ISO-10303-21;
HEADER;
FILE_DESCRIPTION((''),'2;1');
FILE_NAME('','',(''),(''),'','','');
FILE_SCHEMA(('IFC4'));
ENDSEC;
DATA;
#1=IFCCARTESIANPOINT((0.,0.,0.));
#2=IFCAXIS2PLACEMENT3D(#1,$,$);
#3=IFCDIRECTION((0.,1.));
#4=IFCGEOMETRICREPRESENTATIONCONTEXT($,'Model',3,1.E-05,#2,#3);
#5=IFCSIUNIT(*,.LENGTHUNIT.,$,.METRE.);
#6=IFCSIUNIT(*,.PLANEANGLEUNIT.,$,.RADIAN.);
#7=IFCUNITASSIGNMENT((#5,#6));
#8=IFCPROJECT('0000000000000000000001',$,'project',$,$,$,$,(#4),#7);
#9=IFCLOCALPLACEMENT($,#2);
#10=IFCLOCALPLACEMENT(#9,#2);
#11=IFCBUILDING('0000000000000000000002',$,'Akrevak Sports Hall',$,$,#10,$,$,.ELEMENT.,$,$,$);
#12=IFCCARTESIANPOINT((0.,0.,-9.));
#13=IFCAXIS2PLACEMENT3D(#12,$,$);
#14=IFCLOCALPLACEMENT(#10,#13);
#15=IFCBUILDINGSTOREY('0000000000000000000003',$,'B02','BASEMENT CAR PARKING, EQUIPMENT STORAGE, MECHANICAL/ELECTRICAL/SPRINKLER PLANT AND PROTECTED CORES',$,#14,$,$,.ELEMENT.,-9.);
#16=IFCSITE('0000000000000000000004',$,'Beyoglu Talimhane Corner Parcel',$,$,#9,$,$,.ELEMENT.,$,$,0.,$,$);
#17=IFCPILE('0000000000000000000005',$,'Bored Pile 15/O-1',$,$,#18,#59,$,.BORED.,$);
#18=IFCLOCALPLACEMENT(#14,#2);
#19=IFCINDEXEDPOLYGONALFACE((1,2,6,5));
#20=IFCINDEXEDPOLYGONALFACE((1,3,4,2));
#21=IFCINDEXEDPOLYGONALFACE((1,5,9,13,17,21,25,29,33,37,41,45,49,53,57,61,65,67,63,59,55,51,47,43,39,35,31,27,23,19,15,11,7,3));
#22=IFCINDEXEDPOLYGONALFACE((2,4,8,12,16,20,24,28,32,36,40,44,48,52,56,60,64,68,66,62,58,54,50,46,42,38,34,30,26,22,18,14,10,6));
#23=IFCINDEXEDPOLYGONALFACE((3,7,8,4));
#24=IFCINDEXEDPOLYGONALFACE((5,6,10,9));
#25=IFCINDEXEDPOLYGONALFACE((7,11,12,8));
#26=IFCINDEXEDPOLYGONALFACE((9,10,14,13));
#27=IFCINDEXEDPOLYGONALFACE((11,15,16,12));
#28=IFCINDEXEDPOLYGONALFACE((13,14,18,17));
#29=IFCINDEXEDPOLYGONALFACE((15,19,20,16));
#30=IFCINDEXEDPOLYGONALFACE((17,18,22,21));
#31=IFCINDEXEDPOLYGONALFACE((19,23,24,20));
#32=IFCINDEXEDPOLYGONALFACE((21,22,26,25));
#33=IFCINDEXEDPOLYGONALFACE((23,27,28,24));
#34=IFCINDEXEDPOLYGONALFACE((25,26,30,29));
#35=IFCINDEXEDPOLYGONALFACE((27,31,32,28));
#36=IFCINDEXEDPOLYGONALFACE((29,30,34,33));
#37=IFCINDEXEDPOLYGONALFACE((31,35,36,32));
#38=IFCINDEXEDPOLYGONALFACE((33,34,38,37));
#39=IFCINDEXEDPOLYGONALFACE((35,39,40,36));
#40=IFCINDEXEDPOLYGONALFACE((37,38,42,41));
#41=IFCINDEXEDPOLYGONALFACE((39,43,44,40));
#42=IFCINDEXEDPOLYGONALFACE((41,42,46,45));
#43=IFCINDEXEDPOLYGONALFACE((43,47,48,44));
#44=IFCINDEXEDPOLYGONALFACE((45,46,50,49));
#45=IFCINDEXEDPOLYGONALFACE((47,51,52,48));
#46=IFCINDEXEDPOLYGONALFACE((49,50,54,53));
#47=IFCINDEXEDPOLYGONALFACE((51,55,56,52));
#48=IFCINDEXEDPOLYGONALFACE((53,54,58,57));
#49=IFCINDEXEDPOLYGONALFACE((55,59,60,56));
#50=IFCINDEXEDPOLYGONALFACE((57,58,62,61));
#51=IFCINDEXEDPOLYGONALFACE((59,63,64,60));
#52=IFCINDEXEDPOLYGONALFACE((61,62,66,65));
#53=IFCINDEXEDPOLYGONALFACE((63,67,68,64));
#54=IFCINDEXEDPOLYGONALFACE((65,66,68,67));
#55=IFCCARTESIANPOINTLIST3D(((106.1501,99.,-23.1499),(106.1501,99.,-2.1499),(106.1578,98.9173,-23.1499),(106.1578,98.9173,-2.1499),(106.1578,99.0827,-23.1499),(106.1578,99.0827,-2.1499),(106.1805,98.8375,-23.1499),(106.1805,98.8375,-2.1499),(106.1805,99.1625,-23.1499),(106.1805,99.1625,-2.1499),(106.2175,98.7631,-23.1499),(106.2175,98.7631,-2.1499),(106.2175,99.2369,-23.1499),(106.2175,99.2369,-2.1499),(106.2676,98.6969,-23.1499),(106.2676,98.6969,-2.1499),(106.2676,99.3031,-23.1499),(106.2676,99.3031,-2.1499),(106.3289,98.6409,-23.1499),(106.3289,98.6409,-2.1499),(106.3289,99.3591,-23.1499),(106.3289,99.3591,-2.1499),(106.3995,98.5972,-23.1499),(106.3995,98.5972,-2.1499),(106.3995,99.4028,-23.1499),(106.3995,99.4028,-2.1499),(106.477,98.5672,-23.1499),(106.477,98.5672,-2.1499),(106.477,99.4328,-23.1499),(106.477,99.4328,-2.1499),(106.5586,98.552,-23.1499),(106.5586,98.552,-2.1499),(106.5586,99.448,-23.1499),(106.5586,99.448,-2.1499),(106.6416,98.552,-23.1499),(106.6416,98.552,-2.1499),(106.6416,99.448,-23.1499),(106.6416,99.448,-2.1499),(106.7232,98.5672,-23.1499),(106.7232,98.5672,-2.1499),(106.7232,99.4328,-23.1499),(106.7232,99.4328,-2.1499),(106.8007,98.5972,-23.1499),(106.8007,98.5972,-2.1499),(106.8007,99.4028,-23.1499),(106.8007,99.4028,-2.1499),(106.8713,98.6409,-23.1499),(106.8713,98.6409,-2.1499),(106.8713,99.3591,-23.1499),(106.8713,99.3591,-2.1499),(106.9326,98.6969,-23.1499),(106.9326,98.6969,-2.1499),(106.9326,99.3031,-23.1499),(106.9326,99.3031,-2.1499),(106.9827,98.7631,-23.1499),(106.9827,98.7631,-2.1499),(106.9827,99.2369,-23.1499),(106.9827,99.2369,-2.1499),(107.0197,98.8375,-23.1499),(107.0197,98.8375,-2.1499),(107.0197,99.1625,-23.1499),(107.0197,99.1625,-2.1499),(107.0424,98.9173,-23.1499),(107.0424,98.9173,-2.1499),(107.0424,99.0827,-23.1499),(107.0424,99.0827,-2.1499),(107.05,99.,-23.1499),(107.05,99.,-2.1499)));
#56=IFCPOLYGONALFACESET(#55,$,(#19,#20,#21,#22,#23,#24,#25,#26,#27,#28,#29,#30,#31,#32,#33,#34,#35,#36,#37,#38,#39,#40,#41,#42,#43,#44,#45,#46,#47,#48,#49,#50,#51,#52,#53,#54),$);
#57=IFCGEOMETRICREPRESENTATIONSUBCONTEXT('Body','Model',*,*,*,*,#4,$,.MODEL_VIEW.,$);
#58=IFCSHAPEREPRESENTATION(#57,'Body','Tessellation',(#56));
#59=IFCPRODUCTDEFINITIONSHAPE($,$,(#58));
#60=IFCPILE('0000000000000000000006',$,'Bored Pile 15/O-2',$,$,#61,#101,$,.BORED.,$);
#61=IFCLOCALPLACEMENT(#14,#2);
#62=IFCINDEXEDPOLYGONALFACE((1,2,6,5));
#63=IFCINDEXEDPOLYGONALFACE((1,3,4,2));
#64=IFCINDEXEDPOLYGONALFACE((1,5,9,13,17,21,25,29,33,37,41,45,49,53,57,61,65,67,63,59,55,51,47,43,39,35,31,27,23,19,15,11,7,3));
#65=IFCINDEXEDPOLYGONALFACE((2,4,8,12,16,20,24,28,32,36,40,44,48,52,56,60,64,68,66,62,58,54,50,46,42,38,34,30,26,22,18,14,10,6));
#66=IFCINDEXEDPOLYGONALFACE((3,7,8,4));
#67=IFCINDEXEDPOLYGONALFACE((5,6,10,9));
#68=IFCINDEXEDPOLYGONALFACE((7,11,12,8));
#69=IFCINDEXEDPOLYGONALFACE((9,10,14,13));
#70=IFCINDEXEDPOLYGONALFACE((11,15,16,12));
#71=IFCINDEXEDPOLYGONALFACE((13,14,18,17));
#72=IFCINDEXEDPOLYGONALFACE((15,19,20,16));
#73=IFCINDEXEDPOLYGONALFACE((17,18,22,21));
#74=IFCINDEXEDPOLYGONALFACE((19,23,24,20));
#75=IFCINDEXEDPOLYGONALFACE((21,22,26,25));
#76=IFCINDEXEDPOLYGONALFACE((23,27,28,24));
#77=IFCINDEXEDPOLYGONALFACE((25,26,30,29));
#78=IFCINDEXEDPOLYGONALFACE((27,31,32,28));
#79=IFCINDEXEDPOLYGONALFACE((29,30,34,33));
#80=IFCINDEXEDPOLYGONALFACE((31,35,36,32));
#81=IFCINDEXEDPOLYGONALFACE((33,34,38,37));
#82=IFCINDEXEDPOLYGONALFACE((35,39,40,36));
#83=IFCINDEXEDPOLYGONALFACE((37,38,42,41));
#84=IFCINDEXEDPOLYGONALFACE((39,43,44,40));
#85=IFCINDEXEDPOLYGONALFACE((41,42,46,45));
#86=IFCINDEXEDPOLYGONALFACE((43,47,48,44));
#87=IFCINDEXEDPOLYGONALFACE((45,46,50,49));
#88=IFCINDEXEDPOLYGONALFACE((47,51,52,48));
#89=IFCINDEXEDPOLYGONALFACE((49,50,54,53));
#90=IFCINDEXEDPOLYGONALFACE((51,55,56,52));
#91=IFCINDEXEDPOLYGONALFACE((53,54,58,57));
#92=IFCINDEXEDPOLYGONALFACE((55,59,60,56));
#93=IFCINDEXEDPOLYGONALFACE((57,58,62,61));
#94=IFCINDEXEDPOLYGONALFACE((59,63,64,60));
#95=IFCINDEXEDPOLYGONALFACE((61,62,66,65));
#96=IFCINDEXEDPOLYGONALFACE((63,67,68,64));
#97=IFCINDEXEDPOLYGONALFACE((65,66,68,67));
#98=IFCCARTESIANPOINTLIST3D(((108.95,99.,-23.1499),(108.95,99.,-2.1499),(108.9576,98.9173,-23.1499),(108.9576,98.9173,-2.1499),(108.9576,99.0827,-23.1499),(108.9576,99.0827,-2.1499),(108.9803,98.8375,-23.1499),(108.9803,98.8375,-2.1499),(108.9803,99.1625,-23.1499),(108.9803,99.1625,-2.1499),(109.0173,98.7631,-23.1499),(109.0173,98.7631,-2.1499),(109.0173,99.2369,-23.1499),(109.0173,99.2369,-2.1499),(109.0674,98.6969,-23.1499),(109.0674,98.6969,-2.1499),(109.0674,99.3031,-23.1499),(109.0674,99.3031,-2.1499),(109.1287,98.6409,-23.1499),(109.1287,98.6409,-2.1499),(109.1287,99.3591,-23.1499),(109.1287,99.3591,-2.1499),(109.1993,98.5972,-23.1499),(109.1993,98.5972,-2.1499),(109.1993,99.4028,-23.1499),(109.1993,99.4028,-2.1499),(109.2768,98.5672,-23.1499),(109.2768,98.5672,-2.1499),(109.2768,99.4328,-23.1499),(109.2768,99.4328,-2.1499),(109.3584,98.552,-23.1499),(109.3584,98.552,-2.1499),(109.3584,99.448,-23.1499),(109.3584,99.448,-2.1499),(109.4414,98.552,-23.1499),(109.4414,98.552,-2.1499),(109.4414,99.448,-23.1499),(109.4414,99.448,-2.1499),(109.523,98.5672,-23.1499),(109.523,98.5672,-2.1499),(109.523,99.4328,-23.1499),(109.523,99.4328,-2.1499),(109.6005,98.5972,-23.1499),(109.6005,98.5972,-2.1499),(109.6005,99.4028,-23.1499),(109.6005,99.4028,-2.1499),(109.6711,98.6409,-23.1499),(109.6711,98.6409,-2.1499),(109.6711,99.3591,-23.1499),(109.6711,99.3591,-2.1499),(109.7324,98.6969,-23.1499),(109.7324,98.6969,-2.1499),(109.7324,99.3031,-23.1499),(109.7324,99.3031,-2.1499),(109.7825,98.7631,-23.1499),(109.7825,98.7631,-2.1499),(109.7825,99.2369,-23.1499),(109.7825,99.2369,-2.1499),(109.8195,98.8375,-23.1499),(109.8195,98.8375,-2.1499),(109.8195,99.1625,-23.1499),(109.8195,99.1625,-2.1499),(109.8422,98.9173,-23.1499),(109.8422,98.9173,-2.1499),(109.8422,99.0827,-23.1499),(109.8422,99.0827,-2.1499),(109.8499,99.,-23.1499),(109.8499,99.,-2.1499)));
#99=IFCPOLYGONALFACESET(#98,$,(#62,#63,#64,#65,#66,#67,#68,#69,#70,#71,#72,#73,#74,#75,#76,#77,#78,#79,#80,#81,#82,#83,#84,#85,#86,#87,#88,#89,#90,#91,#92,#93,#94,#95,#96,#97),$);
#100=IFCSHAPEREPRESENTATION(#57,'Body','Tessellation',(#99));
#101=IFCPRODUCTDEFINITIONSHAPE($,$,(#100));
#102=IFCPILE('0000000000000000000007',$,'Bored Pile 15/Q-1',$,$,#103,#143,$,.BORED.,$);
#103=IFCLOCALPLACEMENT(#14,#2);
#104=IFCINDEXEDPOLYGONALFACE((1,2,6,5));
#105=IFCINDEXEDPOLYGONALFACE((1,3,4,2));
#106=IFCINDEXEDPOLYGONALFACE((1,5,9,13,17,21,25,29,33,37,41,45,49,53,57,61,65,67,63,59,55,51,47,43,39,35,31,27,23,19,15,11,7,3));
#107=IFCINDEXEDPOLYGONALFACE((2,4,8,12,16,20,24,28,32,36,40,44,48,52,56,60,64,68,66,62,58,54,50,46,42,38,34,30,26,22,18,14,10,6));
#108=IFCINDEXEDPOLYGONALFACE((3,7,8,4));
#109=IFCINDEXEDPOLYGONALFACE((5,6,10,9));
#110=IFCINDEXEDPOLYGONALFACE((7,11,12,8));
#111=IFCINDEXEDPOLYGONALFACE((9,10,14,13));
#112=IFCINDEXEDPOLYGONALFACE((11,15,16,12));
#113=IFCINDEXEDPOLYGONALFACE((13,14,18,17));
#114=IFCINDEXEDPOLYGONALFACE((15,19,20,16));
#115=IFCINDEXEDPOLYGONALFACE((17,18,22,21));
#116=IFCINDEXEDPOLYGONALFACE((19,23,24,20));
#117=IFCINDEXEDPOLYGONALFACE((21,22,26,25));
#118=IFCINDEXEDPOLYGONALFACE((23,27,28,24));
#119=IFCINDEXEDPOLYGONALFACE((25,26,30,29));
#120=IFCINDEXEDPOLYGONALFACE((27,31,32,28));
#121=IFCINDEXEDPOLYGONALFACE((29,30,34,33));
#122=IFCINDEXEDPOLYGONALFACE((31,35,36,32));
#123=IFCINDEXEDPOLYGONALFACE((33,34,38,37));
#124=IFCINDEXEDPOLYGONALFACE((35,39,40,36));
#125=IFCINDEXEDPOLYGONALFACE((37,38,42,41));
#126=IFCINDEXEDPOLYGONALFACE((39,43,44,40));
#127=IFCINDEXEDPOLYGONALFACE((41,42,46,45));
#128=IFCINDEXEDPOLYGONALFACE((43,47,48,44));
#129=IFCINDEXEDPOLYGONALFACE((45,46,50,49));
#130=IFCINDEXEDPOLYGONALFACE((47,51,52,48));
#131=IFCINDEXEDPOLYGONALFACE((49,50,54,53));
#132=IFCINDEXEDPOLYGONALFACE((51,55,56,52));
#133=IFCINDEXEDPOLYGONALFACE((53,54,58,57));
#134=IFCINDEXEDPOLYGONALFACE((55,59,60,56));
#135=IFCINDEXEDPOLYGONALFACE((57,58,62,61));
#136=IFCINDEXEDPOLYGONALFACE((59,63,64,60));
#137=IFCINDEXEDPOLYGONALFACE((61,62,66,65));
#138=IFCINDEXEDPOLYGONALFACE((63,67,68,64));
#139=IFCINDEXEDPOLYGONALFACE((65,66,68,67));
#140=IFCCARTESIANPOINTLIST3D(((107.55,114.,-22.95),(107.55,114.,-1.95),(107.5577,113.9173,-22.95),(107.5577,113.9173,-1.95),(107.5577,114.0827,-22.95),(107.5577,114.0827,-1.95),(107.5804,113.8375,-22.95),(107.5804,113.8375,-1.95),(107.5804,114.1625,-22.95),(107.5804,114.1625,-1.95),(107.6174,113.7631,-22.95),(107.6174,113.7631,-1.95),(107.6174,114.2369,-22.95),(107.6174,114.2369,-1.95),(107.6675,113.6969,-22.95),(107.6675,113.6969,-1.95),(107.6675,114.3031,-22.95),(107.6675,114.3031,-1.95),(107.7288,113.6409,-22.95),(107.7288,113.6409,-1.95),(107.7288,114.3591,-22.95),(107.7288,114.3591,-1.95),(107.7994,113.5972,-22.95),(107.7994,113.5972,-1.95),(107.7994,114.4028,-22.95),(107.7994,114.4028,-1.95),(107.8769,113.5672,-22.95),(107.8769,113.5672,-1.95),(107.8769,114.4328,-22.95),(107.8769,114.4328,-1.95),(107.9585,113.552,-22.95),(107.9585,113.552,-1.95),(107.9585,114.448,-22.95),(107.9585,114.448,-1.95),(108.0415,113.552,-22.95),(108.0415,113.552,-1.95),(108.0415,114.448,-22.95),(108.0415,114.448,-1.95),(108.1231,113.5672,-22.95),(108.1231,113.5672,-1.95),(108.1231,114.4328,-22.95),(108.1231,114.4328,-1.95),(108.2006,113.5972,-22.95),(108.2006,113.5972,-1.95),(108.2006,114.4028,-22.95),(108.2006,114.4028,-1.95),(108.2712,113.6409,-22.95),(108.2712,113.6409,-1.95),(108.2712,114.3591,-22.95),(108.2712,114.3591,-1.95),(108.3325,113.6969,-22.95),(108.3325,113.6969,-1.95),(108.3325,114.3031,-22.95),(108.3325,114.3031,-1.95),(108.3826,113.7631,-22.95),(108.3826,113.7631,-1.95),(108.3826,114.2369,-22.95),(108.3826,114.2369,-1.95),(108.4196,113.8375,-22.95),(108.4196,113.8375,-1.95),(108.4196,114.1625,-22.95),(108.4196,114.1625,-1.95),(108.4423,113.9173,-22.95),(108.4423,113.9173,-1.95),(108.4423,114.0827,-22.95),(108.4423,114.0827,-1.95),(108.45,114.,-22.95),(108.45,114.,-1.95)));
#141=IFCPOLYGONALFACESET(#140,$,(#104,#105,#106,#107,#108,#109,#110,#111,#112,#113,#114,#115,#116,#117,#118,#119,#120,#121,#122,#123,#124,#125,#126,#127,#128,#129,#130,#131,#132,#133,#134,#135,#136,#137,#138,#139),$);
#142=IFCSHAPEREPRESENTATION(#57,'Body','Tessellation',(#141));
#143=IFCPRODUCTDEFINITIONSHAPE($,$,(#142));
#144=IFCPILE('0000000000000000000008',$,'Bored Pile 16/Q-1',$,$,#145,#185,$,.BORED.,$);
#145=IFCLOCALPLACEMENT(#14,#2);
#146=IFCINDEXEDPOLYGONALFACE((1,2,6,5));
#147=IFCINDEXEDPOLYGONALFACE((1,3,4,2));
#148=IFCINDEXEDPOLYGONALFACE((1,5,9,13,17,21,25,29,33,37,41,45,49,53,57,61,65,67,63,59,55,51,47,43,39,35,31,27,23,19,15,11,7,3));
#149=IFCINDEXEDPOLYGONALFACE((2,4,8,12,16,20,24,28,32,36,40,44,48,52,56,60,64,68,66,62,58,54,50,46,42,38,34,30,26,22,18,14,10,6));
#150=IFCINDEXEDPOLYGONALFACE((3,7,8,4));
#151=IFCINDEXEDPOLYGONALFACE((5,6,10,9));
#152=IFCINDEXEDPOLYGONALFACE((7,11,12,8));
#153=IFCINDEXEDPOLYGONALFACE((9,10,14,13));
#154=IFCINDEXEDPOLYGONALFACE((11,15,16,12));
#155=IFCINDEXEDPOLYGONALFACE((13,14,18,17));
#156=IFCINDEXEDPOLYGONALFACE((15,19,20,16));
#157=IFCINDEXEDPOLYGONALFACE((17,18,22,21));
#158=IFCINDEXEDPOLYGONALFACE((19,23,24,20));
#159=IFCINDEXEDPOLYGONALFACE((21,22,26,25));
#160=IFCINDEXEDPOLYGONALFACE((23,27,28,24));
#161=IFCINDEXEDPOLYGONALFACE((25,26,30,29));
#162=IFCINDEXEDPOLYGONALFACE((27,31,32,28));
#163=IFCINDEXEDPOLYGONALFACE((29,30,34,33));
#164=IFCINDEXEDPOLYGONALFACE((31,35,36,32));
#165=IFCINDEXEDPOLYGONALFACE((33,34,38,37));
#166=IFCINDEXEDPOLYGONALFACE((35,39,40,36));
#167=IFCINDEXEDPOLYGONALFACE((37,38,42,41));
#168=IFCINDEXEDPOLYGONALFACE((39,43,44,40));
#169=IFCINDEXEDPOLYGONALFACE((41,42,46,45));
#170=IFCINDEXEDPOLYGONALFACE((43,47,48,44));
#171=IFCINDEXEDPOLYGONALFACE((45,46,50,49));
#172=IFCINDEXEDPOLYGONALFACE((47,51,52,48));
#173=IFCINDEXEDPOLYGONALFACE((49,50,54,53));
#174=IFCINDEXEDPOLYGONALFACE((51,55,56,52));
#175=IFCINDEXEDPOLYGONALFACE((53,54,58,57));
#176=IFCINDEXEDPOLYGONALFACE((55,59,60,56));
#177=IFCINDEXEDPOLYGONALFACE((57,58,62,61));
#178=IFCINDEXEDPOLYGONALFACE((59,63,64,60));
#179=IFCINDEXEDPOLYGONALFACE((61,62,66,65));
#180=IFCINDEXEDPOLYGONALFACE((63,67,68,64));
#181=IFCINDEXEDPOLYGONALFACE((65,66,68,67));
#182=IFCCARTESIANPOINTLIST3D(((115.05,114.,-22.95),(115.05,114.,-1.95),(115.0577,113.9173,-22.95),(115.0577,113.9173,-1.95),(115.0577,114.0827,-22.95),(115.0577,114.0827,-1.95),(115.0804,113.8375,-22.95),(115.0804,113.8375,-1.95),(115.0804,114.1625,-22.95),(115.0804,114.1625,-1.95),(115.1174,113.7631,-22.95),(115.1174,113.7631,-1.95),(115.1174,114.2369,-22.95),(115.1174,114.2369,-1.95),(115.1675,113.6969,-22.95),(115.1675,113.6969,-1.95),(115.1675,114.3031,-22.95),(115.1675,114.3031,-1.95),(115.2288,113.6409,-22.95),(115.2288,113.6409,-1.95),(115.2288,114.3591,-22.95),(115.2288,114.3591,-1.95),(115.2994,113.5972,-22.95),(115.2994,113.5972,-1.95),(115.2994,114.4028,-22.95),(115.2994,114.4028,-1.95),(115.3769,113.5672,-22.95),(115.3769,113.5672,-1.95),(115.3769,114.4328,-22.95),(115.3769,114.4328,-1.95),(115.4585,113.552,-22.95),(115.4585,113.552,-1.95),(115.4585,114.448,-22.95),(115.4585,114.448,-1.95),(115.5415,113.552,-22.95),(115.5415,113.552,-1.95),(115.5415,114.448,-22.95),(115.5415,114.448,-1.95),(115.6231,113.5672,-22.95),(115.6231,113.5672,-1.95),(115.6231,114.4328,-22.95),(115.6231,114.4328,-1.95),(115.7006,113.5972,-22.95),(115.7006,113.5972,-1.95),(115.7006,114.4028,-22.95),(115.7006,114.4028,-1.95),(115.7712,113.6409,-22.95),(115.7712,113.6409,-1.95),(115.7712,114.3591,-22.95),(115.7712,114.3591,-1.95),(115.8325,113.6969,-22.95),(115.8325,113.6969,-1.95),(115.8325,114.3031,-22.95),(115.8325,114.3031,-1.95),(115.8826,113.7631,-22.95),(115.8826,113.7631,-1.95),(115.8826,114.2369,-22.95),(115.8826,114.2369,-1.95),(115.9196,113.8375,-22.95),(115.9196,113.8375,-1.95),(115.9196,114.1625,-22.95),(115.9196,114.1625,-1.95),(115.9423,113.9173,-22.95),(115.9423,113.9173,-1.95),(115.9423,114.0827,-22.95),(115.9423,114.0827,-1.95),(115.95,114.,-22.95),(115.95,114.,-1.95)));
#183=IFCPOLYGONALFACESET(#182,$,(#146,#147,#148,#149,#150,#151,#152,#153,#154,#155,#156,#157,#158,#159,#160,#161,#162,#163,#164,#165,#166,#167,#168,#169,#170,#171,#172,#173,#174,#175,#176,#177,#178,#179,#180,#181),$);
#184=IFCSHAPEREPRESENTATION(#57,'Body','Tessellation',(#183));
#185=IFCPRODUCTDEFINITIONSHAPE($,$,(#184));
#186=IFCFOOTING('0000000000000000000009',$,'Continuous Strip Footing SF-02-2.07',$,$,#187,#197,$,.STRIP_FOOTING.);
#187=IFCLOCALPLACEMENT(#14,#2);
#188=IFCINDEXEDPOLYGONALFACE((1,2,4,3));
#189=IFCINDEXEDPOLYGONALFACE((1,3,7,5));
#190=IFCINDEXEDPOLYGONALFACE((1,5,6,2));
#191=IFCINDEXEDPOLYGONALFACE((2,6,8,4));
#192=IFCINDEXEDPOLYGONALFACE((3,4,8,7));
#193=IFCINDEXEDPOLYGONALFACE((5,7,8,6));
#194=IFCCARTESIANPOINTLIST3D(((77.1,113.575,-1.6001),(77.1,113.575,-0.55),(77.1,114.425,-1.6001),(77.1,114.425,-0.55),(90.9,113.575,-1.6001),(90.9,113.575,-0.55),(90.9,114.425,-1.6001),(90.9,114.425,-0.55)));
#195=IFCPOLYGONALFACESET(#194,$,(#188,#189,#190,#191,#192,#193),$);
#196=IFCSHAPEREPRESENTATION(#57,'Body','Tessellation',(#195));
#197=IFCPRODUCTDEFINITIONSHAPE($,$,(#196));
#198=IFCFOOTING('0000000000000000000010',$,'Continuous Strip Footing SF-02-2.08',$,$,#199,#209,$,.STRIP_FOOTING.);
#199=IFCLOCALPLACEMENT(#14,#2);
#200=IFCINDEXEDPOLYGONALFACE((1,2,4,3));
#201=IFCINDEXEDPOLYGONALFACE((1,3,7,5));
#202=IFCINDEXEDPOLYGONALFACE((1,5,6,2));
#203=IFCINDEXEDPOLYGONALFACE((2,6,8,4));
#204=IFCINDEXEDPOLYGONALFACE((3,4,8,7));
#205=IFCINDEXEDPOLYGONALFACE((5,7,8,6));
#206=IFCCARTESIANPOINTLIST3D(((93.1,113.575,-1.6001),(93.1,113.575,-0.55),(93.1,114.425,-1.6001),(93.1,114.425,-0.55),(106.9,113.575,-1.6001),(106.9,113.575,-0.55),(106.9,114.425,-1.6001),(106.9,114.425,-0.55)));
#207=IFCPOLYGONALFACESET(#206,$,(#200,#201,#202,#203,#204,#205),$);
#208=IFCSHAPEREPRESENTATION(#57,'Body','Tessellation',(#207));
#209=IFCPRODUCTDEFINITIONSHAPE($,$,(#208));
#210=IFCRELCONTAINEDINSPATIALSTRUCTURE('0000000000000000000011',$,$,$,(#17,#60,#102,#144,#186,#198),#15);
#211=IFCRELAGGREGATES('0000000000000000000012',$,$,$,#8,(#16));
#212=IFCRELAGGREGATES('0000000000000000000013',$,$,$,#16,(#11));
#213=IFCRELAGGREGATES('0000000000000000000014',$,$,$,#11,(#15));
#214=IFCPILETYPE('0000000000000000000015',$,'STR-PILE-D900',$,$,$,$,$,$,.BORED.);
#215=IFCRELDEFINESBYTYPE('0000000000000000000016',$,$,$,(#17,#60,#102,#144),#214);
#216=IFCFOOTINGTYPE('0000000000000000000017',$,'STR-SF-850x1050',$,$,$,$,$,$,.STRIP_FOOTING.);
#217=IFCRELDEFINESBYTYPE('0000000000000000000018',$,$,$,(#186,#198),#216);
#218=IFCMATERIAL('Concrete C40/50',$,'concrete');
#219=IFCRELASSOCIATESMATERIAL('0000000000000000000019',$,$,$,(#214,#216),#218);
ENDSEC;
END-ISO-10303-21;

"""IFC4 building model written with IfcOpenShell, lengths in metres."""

from ifc_helpers import new_model, si_unit, direction, frame, origin, origin_2d, place, context, subcontext, project, spatial, rectangle, circle, extrude, material, material_profile, profile_set, type_object, element, save


model = new_model("IFC4")

# Units and contexts
model_context = context("Model", 3, precision=1e-05, world=origin(), true_north=direction((0.0, 1.0)))
body_context = subcontext(model_context, "Body", "Model", "MODEL_VIEW")
ifc_project = project(units=[si_unit("LENGTHUNIT", "METRE"), si_unit("PLANEANGLEUNIT", "RADIAN")], contexts=[model_context])

# Site, building, storey
site_placement = place(None, origin())
site = spatial("IfcSite", under=ifc_project, at=site_placement, Name="Beyoglu Talimhane Corner Parcel", CompositionType="ELEMENT", RefElevation=0.0)
building_placement = place(site_placement, origin())
building = spatial("IfcBuilding", under=site, at=building_placement, Name="Akrevak Sports Hall", CompositionType="ELEMENT")
storey_placement = place(building_placement, frame((0.0, 0.0, -9.0)))
storey = spatial("IfcBuildingStorey", under=building, at=storey_placement, Name="B02", Description="BASEMENT CAR PARKING, EQUIPMENT STORAGE, MECHANICAL/ELECTRICAL/SPRINKLER PLANT AND PROTECTED CORES", CompositionType="ELEMENT", Elevation=-9.0)

# Shared definitions
ifc_material_1 = material(Name="Concrete C40/50", Category="concrete")

# Piles
ifc_material_profile_1 = material_profile(ifc_material_1, circle(Radius=0.45, at=origin_2d()), Name="BORED PILE D900", Category="concrete")
ifc_profile_set_1 = profile_set([ifc_material_profile_1], Name="Concrete C40/50")
pile_type_1 = type_object("IfcPileType", Name="STR-PILE-D900", PredefinedType="BORED", material=ifc_profile_set_1)
for number, where, z_axis, x_axis, name in (
    (1, (106.6001, 99.0, -2.1499), (0.0, 0.0, -1.0), (1.0, 0.0, 0.0), "Bored Pile 15/O-1"),
    (2, (109.3999, 99.0, -2.1499), (0.0, 0.0, -1.0), (1.0, 0.0, 0.0), "Bored Pile 15/O-2"),
    (3, (108.0, 114.0, -1.95), (0.0, 0.0, -1.0), (1.0, 0.0, 0.0), "Bored Pile 15/Q-1"),
    (4, (115.5, 114.0, -1.95), (0.0, 0.0, -1.0), (1.0, 0.0, 0.0), "Bored Pile 16/Q-1"),
):
    element("IfcPile", number, at=place(storey_placement, frame(where, z_axis=z_axis, x_axis=x_axis)), inside=storey, type_object=pile_type_1, Name=name, PredefinedType="BORED", context=body_context, shape_type="SweptSolid", body=[
        extrude(circle(Radius=0.45, at=origin_2d()), origin(), (0.0, 0.0, 1.0), 21.0),
    ])

# Footings
footing_type_1 = type_object("IfcFootingType", Name="STR-SF-850x1050", PredefinedType="STRIP_FOOTING", material=ifc_material_1)
for number, where, z_axis, x_axis, name in (
    (5, (84.0, 114.0, -1.6001), (0.0, 0.0, 1.0), (1.0, 0.0, 0.0), "Continuous Strip Footing SF-02-2.07"),
    (6, (100.0, 114.0, -1.6001), (0.0, 0.0, 1.0), (1.0, 0.0, 0.0), "Continuous Strip Footing SF-02-2.08"),
):
    element("IfcFooting", number, at=place(storey_placement, frame(where, z_axis=z_axis, x_axis=x_axis)), inside=storey, type_object=footing_type_1, Name=name, PredefinedType="STRIP_FOOTING", context=body_context, shape_type="SweptSolid", body=[
        extrude(rectangle(XDim=13.8, YDim=0.8501, at=origin_2d()), origin(), (0.0, 0.0, 1.0), 1.05),
    ])

save(model, "model.ifc")
